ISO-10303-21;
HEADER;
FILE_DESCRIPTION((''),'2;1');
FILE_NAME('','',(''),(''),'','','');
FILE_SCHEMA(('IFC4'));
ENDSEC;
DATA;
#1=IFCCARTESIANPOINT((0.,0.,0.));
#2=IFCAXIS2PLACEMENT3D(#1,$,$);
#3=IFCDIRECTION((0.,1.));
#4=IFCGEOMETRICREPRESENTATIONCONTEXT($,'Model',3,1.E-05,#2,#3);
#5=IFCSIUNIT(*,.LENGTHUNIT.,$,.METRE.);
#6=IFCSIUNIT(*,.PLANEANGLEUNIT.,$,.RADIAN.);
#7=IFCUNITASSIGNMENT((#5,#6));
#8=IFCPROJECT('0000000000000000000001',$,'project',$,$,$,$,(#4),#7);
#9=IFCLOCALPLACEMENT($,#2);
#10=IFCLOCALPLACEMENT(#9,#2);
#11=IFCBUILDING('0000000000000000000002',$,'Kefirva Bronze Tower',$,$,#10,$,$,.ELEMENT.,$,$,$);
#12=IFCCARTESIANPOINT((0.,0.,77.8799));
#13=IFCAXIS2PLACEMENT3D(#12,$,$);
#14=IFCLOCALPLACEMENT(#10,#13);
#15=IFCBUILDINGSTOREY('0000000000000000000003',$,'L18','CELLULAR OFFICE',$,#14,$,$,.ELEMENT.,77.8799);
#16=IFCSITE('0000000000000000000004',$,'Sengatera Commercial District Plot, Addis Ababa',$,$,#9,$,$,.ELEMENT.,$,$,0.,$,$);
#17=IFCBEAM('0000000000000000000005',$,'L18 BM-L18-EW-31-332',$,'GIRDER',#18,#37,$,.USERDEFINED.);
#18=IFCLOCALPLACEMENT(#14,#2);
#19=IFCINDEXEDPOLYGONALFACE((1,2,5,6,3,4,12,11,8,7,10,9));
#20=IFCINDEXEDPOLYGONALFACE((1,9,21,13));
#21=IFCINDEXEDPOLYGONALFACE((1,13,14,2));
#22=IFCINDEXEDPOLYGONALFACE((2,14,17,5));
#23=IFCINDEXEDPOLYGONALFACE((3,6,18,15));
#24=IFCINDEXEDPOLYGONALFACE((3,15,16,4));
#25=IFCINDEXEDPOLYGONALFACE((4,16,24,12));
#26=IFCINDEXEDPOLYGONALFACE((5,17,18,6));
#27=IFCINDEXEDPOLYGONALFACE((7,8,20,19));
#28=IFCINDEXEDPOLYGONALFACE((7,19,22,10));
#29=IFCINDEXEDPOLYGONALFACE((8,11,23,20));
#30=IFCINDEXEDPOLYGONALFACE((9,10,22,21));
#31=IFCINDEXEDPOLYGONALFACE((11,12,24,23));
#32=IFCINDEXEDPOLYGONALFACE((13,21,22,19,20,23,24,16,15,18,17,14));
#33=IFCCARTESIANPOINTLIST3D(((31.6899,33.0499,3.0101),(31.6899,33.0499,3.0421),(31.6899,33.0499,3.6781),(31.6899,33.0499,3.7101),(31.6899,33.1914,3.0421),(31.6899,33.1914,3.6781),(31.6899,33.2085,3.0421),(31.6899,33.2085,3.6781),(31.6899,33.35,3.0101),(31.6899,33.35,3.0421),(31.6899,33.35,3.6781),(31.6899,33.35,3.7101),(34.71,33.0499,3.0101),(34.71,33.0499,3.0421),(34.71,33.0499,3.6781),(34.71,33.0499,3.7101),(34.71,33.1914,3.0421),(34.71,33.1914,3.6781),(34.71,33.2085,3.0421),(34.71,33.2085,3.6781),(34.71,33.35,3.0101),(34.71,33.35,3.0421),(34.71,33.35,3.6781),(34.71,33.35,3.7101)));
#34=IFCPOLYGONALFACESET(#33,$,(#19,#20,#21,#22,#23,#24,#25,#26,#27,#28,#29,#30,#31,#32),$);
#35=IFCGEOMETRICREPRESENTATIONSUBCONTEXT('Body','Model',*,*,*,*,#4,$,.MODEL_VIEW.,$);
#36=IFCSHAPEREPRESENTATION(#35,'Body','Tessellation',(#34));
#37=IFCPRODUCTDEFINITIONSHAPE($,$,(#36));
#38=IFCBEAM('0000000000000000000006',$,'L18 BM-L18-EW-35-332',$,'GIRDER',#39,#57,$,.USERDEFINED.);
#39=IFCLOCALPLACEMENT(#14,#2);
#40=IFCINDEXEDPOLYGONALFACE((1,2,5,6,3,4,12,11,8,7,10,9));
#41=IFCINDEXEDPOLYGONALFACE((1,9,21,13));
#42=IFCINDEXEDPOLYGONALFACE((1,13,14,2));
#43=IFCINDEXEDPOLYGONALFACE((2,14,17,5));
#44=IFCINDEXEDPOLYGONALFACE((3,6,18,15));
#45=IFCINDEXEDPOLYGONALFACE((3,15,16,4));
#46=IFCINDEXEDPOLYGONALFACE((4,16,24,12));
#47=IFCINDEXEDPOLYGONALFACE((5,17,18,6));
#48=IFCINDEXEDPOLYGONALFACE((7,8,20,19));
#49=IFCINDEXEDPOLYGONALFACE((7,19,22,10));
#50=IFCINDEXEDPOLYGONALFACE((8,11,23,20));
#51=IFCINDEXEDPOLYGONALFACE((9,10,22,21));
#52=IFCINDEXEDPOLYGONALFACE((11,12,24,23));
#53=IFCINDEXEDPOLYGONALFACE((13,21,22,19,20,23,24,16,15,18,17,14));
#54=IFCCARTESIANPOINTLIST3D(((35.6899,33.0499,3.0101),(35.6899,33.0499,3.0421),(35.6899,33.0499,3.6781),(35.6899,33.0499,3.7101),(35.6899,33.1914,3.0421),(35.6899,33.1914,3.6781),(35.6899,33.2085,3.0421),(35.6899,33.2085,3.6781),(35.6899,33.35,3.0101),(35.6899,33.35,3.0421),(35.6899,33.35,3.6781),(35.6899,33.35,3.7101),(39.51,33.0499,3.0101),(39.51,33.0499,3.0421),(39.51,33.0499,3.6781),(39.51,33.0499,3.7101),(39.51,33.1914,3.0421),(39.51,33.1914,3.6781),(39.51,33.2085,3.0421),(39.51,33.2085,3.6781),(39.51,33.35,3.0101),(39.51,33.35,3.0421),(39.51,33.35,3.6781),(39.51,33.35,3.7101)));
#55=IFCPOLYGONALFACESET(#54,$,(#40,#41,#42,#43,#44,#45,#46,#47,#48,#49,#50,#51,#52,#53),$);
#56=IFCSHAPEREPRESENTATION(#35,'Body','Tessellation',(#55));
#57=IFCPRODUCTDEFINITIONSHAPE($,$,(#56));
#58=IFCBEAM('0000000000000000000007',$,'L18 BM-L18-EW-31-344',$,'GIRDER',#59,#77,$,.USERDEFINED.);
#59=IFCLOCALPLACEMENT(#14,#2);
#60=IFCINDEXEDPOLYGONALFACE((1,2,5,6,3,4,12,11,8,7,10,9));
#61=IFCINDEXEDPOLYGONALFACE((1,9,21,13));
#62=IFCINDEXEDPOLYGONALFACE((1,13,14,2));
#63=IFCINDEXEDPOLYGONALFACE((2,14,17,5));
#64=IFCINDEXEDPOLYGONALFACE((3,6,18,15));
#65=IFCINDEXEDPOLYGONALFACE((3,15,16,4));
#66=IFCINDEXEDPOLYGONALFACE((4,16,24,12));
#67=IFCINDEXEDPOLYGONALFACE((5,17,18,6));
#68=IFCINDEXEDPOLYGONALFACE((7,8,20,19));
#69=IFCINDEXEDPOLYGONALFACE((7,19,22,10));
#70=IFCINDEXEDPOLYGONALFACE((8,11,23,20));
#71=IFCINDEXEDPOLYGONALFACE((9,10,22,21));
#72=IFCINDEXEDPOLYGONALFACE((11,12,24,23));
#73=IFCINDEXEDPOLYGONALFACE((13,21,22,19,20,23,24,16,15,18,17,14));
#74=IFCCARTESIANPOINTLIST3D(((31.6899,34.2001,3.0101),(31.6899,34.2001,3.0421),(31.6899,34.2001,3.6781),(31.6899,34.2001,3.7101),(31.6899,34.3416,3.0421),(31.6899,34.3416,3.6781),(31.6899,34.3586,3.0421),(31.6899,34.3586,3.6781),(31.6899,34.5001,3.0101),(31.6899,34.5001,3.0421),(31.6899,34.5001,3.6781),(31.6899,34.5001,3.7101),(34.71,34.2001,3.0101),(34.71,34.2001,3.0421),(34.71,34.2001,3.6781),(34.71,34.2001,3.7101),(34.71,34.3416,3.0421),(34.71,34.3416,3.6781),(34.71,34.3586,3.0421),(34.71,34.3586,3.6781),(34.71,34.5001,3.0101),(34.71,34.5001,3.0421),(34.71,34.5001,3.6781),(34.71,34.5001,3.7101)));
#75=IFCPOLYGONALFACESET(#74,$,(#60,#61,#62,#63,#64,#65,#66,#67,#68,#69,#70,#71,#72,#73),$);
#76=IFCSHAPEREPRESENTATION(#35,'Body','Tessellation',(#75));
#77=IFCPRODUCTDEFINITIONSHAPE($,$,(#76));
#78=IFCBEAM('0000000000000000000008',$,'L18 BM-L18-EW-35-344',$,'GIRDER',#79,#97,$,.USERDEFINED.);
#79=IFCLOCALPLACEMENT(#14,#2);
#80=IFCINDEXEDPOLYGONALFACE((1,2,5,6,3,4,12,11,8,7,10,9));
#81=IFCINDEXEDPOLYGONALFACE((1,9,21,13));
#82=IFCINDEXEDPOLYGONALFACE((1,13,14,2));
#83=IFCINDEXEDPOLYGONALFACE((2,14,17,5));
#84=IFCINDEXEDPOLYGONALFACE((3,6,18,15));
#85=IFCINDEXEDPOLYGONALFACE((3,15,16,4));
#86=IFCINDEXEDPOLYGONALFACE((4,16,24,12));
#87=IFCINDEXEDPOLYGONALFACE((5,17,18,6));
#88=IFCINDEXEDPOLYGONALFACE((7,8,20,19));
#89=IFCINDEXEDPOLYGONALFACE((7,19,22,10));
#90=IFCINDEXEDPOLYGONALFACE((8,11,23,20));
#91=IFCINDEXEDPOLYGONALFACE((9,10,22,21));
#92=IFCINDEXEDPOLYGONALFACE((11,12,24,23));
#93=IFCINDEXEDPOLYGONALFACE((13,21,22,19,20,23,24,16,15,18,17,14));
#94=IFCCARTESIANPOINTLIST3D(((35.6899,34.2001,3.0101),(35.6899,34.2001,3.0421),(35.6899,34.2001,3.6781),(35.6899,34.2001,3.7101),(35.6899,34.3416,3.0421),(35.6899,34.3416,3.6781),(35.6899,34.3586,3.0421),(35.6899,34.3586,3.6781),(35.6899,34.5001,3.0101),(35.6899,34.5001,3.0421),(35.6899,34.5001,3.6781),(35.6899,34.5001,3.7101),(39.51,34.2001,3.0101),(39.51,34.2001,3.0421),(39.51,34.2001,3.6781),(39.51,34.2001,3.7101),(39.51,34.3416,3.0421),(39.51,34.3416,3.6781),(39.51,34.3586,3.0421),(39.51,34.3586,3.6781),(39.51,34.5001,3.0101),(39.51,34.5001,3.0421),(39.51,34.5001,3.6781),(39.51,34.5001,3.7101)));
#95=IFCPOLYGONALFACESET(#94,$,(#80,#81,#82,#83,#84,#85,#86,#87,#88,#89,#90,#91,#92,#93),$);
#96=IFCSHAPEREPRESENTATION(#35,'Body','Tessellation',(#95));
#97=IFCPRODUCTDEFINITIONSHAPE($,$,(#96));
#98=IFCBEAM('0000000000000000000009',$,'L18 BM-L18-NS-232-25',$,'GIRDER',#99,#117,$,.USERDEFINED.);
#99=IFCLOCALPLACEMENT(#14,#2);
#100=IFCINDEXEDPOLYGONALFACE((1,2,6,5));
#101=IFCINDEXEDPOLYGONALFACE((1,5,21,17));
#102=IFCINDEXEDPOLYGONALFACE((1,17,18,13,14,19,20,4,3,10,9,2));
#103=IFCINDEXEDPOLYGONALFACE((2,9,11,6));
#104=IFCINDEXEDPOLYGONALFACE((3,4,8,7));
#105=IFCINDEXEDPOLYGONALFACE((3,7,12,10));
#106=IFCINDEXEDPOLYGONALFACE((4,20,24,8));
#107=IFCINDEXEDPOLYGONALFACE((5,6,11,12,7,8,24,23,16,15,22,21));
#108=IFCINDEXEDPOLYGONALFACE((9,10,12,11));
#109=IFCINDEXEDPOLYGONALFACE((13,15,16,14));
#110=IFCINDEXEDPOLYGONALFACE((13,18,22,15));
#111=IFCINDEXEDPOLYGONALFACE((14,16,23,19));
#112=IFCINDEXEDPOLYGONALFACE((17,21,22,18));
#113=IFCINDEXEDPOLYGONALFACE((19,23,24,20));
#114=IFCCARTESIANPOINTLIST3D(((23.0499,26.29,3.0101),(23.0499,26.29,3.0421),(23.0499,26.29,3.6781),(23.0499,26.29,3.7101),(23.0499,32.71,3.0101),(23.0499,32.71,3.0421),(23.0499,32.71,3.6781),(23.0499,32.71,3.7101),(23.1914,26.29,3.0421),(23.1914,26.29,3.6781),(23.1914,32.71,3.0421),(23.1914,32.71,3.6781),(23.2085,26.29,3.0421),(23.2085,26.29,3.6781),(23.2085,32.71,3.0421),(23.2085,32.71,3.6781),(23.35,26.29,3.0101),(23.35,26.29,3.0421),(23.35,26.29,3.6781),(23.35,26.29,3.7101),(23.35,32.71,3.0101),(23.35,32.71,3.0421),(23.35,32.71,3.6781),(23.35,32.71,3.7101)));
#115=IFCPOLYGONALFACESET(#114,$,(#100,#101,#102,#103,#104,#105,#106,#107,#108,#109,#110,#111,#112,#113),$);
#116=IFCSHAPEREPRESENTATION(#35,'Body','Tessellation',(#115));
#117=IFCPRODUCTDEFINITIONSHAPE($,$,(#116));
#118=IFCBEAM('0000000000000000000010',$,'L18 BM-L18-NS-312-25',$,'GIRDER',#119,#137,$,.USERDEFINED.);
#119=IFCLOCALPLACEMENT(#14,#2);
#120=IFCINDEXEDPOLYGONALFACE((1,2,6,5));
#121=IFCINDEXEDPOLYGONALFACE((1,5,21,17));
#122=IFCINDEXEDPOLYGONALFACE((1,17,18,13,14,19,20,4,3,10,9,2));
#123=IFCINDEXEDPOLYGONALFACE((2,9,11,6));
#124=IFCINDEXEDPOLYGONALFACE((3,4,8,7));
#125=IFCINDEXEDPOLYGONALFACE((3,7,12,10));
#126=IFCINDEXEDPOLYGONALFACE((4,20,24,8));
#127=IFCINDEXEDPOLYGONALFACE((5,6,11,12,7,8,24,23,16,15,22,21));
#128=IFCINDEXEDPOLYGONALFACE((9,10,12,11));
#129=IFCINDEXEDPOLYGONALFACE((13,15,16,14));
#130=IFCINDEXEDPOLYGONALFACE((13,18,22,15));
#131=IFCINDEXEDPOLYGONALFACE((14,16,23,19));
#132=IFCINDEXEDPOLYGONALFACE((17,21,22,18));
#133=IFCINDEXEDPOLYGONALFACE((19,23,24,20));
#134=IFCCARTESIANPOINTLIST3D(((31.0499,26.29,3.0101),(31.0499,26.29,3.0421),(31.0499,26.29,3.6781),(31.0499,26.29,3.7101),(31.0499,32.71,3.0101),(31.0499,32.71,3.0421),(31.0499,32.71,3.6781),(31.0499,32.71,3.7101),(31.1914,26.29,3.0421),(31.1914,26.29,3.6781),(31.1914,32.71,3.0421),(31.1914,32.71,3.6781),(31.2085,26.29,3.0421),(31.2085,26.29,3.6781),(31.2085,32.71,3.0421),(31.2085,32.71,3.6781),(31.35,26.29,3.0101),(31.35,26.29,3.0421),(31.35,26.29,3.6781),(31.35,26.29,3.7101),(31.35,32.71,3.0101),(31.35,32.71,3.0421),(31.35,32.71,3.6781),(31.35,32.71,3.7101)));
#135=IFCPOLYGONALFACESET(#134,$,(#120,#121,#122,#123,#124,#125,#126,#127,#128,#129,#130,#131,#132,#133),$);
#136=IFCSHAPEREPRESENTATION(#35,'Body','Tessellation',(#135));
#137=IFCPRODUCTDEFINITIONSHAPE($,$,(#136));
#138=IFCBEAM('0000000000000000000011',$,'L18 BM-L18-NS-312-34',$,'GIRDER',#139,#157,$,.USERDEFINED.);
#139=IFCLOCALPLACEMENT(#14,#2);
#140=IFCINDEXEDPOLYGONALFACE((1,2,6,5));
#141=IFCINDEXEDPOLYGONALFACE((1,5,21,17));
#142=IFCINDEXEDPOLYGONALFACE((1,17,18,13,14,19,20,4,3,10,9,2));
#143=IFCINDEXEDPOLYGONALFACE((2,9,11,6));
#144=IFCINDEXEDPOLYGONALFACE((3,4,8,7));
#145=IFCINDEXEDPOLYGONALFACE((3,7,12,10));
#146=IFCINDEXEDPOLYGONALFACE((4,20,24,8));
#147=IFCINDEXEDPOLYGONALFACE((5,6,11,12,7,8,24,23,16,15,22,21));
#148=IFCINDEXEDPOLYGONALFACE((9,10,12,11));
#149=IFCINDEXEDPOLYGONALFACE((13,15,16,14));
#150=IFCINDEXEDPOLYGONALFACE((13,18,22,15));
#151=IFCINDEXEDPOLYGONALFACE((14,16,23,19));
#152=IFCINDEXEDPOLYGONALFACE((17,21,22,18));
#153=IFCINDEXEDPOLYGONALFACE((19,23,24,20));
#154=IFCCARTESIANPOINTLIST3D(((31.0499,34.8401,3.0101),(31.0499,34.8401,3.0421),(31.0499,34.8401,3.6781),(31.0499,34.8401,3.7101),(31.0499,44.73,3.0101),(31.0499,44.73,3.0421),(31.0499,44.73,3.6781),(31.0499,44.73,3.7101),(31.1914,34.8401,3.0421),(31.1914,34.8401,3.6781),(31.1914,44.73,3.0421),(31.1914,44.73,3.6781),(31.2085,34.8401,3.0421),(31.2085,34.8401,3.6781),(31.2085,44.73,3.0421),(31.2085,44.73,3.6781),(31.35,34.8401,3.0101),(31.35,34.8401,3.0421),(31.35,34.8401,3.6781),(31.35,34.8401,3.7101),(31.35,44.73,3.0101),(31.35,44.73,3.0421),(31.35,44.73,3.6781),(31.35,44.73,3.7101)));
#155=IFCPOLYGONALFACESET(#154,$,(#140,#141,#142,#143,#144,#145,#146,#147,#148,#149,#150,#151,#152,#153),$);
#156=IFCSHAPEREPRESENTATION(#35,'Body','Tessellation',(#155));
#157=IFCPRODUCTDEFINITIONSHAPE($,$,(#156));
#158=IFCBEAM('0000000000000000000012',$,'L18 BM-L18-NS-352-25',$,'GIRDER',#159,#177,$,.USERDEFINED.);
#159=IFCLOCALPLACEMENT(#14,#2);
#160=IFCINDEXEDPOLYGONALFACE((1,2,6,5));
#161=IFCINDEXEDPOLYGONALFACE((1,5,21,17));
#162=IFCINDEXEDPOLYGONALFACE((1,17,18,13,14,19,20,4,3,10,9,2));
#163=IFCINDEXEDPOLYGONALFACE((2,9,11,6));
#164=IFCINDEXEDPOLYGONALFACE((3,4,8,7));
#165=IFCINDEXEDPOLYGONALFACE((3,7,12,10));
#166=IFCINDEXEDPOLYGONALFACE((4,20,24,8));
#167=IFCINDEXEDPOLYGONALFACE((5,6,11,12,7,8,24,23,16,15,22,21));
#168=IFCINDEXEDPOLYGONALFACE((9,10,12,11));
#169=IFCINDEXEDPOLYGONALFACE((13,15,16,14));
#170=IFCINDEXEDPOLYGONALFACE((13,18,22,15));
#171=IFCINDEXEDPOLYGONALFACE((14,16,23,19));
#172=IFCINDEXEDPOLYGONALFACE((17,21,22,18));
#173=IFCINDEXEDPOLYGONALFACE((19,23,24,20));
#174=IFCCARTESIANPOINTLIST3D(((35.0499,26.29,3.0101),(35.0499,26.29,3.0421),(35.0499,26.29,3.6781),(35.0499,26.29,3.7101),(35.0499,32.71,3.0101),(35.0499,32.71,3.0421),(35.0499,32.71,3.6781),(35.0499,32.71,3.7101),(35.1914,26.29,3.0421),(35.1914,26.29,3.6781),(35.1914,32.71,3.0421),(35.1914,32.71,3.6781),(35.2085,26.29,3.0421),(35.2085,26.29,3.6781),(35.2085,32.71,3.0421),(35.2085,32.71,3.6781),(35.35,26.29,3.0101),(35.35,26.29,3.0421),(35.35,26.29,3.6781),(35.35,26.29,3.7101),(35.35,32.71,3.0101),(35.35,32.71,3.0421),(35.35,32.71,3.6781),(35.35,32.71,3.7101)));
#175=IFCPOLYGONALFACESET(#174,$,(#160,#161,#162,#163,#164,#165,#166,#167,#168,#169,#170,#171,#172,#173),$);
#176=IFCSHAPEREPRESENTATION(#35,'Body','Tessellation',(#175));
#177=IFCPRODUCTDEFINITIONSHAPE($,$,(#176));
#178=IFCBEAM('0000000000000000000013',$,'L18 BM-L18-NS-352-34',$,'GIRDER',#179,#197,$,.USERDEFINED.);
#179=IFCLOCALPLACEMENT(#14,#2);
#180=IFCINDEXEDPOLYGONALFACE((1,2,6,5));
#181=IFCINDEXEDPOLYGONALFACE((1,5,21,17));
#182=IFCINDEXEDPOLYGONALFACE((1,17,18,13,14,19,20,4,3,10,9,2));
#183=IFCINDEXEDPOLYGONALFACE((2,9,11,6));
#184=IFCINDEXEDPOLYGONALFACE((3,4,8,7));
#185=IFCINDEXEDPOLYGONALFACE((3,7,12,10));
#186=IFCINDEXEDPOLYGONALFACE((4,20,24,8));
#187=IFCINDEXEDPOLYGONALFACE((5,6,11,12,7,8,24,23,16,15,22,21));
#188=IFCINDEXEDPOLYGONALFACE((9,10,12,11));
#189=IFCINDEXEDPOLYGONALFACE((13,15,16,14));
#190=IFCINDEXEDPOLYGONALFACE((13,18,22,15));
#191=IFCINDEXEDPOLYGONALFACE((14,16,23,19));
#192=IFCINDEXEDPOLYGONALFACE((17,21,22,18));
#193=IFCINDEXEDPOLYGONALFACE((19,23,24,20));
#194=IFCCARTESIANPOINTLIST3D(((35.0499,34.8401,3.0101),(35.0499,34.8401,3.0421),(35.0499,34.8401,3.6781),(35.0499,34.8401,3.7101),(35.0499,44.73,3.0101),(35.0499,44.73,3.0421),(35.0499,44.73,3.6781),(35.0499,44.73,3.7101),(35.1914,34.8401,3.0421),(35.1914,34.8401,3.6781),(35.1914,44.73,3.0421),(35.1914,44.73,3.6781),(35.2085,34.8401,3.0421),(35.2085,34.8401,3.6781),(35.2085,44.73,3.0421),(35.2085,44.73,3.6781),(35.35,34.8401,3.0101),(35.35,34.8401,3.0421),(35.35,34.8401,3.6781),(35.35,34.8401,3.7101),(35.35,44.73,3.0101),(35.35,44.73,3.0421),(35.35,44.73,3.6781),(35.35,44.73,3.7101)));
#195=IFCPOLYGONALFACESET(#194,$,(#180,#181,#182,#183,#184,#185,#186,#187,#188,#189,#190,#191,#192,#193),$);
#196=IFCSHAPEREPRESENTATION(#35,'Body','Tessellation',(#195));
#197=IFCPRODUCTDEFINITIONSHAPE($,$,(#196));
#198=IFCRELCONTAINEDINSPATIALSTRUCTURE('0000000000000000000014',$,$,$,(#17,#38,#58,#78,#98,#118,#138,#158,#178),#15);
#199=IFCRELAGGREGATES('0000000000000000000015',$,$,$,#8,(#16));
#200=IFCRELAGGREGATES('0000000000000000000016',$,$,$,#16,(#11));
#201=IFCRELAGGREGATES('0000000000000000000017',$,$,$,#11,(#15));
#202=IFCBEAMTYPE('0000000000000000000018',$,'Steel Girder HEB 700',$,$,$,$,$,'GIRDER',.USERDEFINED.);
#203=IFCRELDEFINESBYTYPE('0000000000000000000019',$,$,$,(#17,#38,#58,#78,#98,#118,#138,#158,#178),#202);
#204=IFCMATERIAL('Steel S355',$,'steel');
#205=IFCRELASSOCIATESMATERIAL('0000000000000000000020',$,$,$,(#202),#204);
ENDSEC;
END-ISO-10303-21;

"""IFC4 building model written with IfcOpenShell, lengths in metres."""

from ifc_helpers import new_model, si_unit, direction, frame, origin, origin_2d, place, context, subcontext, project, spatial, i_section, extrude, material, material_profile, profile_set, type_object, element, save


model = new_model("IFC4")

# Units and contexts
model_context = context("Model", 3, precision=1e-05, world=origin(), true_north=direction((0.0, 1.0)))
body_context = subcontext(model_context, "Body", "Model", "MODEL_VIEW")
ifc_project = project(units=[si_unit("LENGTHUNIT", "METRE"), si_unit("PLANEANGLEUNIT", "RADIAN")], contexts=[model_context])

# Site, building, storey
site_placement = place(None, origin())
site = spatial("IfcSite", under=ifc_project, at=site_placement, Name="Sengatera Commercial District Plot, Addis Ababa", CompositionType="ELEMENT", RefElevation=0.0)
building_placement = place(site_placement, origin())
building = spatial("IfcBuilding", under=site, at=building_placement, Name="Kefirva Bronze Tower", CompositionType="ELEMENT")
storey_placement = place(building_placement, frame((0.0, 0.0, 77.8799)))
storey = spatial("IfcBuildingStorey", under=building, at=storey_placement, Name="L18", Description="CELLULAR OFFICE", CompositionType="ELEMENT", Elevation=77.8799)

# Beams
ifc_material_1 = material(Name="Steel S355", Category="steel")
ifc_material_profile_1 = material_profile(ifc_material_1, i_section(OverallWidth=0.3, OverallDepth=0.7, WebThickness=0.0171, FlangeThickness=0.032, at=origin_2d()), Name="HEB 700")
ifc_profile_set_1 = profile_set([ifc_material_profile_1], Name="Steel S355")
beam_type_1 = type_object("IfcBeamType", Name="Steel Girder HEB 700", ElementType="GIRDER", PredefinedType="USERDEFINED", material=ifc_profile_set_1)
beam_1_placement = place(storey_placement, frame((31.6899, 33.2, 3.3601), z_axis=(1.0, 0.0, 0.0), x_axis=(0.0, 1.0, 0.0)))
element("IfcBeam", 1, at=beam_1_placement, inside=storey, type_object=beam_type_1, Name="L18 BM-L18-EW-31-332", ObjectType="GIRDER", PredefinedType="USERDEFINED", context=body_context, shape_type="SweptSolid", body=[
    extrude(i_section(OverallWidth=0.3, OverallDepth=0.7, WebThickness=0.0171, FlangeThickness=0.032, at=origin_2d()), origin(), (0.0, 0.0, 1.0), 3.02),
])
beam_2_placement = place(storey_placement, frame((35.6899, 33.2, 3.3601), z_axis=(1.0, 0.0, 0.0), x_axis=(0.0, 1.0, 0.0)))
element("IfcBeam", 2, at=beam_2_placement, inside=storey, type_object=beam_type_1, Name="L18 BM-L18-EW-35-332", ObjectType="GIRDER", PredefinedType="USERDEFINED", context=body_context, shape_type="SweptSolid", body=[
    extrude(i_section(OverallWidth=0.3, OverallDepth=0.7, WebThickness=0.0171, FlangeThickness=0.032, at=origin_2d()), origin(), (0.0, 0.0, 1.0), 3.8201),
])
beam_3_placement = place(storey_placement, frame((31.6899, 34.3501, 3.3601), z_axis=(1.0, 0.0, 0.0), x_axis=(0.0, 1.0, 0.0)))
element("IfcBeam", 3, at=beam_3_placement, inside=storey, type_object=beam_type_1, Name="L18 BM-L18-EW-31-344", ObjectType="GIRDER", PredefinedType="USERDEFINED", context=body_context, shape_type="SweptSolid", body=[
    extrude(i_section(OverallWidth=0.3, OverallDepth=0.7, WebThickness=0.0171, FlangeThickness=0.032, at=origin_2d()), origin(), (0.0, 0.0, 1.0), 3.02),
])
beam_4_placement = place(storey_placement, frame((35.6899, 34.3501, 3.3601), z_axis=(1.0, 0.0, 0.0), x_axis=(0.0, 1.0, 0.0)))
element("IfcBeam", 4, at=beam_4_placement, inside=storey, type_object=beam_type_1, Name="L18 BM-L18-EW-35-344", ObjectType="GIRDER", PredefinedType="USERDEFINED", context=body_context, shape_type="SweptSolid", body=[
    extrude(i_section(OverallWidth=0.3, OverallDepth=0.7, WebThickness=0.0171, FlangeThickness=0.032, at=origin_2d()), origin(), (0.0, 0.0, 1.0), 3.8201),
])
for number, where, z_axis, x_axis, name in (
    (5, (23.2, 26.29, 3.3601), (0.0, 1.0, 0.0), (-1.0, 0.0, 0.0), "L18 BM-L18-NS-232-25"),
    (6, (31.2, 26.29, 3.3601), (0.0, 1.0, 0.0), (-1.0, 0.0, 0.0), "L18 BM-L18-NS-312-25"),
):
    element("IfcBeam", number, at=place(storey_placement, frame(where, z_axis=z_axis, x_axis=x_axis)), inside=storey, type_object=beam_type_1, Name=name, ObjectType="GIRDER", PredefinedType="USERDEFINED", context=body_context, shape_type="SweptSolid", body=[
        extrude(i_section(OverallWidth=0.3, OverallDepth=0.7, WebThickness=0.0171, FlangeThickness=0.032, at=origin_2d()), origin(), (0.0, 0.0, 1.0), 6.4199),
    ])
beam_5_placement = place(storey_placement, frame((31.2, 34.8401, 3.3601), z_axis=(0.0, 1.0, 0.0), x_axis=(-1.0, 0.0, 0.0)))
element("IfcBeam", 7, at=beam_5_placement, inside=storey, type_object=beam_type_1, Name="L18 BM-L18-NS-312-34", ObjectType="GIRDER", PredefinedType="USERDEFINED", context=body_context, shape_type="SweptSolid", body=[
    extrude(i_section(OverallWidth=0.3, OverallDepth=0.7, WebThickness=0.0171, FlangeThickness=0.032, at=origin_2d()), origin(), (0.0, 0.0, 1.0), 9.8899),
])
beam_6_placement = place(storey_placement, frame((35.2, 26.29, 3.3601), z_axis=(0.0, 1.0, 0.0), x_axis=(-1.0, 0.0, 0.0)))
element("IfcBeam", 8, at=beam_6_placement, inside=storey, type_object=beam_type_1, Name="L18 BM-L18-NS-352-25", ObjectType="GIRDER", PredefinedType="USERDEFINED", context=body_context, shape_type="SweptSolid", body=[
    extrude(i_section(OverallWidth=0.3, OverallDepth=0.7, WebThickness=0.0171, FlangeThickness=0.032, at=origin_2d()), origin(), (0.0, 0.0, 1.0), 6.4199),
])
beam_7_placement = place(storey_placement, frame((35.2, 34.8401, 3.3601), z_axis=(0.0, 1.0, 0.0), x_axis=(-1.0, 0.0, 0.0)))
element("IfcBeam", 9, at=beam_7_placement, inside=storey, type_object=beam_type_1, Name="L18 BM-L18-NS-352-34", ObjectType="GIRDER", PredefinedType="USERDEFINED", context=body_context, shape_type="SweptSolid", body=[
    extrude(i_section(OverallWidth=0.3, OverallDepth=0.7, WebThickness=0.0171, FlangeThickness=0.032, at=origin_2d()), origin(), (0.0, 0.0, 1.0), 9.8899),
])

save(model, "model.ifc")
